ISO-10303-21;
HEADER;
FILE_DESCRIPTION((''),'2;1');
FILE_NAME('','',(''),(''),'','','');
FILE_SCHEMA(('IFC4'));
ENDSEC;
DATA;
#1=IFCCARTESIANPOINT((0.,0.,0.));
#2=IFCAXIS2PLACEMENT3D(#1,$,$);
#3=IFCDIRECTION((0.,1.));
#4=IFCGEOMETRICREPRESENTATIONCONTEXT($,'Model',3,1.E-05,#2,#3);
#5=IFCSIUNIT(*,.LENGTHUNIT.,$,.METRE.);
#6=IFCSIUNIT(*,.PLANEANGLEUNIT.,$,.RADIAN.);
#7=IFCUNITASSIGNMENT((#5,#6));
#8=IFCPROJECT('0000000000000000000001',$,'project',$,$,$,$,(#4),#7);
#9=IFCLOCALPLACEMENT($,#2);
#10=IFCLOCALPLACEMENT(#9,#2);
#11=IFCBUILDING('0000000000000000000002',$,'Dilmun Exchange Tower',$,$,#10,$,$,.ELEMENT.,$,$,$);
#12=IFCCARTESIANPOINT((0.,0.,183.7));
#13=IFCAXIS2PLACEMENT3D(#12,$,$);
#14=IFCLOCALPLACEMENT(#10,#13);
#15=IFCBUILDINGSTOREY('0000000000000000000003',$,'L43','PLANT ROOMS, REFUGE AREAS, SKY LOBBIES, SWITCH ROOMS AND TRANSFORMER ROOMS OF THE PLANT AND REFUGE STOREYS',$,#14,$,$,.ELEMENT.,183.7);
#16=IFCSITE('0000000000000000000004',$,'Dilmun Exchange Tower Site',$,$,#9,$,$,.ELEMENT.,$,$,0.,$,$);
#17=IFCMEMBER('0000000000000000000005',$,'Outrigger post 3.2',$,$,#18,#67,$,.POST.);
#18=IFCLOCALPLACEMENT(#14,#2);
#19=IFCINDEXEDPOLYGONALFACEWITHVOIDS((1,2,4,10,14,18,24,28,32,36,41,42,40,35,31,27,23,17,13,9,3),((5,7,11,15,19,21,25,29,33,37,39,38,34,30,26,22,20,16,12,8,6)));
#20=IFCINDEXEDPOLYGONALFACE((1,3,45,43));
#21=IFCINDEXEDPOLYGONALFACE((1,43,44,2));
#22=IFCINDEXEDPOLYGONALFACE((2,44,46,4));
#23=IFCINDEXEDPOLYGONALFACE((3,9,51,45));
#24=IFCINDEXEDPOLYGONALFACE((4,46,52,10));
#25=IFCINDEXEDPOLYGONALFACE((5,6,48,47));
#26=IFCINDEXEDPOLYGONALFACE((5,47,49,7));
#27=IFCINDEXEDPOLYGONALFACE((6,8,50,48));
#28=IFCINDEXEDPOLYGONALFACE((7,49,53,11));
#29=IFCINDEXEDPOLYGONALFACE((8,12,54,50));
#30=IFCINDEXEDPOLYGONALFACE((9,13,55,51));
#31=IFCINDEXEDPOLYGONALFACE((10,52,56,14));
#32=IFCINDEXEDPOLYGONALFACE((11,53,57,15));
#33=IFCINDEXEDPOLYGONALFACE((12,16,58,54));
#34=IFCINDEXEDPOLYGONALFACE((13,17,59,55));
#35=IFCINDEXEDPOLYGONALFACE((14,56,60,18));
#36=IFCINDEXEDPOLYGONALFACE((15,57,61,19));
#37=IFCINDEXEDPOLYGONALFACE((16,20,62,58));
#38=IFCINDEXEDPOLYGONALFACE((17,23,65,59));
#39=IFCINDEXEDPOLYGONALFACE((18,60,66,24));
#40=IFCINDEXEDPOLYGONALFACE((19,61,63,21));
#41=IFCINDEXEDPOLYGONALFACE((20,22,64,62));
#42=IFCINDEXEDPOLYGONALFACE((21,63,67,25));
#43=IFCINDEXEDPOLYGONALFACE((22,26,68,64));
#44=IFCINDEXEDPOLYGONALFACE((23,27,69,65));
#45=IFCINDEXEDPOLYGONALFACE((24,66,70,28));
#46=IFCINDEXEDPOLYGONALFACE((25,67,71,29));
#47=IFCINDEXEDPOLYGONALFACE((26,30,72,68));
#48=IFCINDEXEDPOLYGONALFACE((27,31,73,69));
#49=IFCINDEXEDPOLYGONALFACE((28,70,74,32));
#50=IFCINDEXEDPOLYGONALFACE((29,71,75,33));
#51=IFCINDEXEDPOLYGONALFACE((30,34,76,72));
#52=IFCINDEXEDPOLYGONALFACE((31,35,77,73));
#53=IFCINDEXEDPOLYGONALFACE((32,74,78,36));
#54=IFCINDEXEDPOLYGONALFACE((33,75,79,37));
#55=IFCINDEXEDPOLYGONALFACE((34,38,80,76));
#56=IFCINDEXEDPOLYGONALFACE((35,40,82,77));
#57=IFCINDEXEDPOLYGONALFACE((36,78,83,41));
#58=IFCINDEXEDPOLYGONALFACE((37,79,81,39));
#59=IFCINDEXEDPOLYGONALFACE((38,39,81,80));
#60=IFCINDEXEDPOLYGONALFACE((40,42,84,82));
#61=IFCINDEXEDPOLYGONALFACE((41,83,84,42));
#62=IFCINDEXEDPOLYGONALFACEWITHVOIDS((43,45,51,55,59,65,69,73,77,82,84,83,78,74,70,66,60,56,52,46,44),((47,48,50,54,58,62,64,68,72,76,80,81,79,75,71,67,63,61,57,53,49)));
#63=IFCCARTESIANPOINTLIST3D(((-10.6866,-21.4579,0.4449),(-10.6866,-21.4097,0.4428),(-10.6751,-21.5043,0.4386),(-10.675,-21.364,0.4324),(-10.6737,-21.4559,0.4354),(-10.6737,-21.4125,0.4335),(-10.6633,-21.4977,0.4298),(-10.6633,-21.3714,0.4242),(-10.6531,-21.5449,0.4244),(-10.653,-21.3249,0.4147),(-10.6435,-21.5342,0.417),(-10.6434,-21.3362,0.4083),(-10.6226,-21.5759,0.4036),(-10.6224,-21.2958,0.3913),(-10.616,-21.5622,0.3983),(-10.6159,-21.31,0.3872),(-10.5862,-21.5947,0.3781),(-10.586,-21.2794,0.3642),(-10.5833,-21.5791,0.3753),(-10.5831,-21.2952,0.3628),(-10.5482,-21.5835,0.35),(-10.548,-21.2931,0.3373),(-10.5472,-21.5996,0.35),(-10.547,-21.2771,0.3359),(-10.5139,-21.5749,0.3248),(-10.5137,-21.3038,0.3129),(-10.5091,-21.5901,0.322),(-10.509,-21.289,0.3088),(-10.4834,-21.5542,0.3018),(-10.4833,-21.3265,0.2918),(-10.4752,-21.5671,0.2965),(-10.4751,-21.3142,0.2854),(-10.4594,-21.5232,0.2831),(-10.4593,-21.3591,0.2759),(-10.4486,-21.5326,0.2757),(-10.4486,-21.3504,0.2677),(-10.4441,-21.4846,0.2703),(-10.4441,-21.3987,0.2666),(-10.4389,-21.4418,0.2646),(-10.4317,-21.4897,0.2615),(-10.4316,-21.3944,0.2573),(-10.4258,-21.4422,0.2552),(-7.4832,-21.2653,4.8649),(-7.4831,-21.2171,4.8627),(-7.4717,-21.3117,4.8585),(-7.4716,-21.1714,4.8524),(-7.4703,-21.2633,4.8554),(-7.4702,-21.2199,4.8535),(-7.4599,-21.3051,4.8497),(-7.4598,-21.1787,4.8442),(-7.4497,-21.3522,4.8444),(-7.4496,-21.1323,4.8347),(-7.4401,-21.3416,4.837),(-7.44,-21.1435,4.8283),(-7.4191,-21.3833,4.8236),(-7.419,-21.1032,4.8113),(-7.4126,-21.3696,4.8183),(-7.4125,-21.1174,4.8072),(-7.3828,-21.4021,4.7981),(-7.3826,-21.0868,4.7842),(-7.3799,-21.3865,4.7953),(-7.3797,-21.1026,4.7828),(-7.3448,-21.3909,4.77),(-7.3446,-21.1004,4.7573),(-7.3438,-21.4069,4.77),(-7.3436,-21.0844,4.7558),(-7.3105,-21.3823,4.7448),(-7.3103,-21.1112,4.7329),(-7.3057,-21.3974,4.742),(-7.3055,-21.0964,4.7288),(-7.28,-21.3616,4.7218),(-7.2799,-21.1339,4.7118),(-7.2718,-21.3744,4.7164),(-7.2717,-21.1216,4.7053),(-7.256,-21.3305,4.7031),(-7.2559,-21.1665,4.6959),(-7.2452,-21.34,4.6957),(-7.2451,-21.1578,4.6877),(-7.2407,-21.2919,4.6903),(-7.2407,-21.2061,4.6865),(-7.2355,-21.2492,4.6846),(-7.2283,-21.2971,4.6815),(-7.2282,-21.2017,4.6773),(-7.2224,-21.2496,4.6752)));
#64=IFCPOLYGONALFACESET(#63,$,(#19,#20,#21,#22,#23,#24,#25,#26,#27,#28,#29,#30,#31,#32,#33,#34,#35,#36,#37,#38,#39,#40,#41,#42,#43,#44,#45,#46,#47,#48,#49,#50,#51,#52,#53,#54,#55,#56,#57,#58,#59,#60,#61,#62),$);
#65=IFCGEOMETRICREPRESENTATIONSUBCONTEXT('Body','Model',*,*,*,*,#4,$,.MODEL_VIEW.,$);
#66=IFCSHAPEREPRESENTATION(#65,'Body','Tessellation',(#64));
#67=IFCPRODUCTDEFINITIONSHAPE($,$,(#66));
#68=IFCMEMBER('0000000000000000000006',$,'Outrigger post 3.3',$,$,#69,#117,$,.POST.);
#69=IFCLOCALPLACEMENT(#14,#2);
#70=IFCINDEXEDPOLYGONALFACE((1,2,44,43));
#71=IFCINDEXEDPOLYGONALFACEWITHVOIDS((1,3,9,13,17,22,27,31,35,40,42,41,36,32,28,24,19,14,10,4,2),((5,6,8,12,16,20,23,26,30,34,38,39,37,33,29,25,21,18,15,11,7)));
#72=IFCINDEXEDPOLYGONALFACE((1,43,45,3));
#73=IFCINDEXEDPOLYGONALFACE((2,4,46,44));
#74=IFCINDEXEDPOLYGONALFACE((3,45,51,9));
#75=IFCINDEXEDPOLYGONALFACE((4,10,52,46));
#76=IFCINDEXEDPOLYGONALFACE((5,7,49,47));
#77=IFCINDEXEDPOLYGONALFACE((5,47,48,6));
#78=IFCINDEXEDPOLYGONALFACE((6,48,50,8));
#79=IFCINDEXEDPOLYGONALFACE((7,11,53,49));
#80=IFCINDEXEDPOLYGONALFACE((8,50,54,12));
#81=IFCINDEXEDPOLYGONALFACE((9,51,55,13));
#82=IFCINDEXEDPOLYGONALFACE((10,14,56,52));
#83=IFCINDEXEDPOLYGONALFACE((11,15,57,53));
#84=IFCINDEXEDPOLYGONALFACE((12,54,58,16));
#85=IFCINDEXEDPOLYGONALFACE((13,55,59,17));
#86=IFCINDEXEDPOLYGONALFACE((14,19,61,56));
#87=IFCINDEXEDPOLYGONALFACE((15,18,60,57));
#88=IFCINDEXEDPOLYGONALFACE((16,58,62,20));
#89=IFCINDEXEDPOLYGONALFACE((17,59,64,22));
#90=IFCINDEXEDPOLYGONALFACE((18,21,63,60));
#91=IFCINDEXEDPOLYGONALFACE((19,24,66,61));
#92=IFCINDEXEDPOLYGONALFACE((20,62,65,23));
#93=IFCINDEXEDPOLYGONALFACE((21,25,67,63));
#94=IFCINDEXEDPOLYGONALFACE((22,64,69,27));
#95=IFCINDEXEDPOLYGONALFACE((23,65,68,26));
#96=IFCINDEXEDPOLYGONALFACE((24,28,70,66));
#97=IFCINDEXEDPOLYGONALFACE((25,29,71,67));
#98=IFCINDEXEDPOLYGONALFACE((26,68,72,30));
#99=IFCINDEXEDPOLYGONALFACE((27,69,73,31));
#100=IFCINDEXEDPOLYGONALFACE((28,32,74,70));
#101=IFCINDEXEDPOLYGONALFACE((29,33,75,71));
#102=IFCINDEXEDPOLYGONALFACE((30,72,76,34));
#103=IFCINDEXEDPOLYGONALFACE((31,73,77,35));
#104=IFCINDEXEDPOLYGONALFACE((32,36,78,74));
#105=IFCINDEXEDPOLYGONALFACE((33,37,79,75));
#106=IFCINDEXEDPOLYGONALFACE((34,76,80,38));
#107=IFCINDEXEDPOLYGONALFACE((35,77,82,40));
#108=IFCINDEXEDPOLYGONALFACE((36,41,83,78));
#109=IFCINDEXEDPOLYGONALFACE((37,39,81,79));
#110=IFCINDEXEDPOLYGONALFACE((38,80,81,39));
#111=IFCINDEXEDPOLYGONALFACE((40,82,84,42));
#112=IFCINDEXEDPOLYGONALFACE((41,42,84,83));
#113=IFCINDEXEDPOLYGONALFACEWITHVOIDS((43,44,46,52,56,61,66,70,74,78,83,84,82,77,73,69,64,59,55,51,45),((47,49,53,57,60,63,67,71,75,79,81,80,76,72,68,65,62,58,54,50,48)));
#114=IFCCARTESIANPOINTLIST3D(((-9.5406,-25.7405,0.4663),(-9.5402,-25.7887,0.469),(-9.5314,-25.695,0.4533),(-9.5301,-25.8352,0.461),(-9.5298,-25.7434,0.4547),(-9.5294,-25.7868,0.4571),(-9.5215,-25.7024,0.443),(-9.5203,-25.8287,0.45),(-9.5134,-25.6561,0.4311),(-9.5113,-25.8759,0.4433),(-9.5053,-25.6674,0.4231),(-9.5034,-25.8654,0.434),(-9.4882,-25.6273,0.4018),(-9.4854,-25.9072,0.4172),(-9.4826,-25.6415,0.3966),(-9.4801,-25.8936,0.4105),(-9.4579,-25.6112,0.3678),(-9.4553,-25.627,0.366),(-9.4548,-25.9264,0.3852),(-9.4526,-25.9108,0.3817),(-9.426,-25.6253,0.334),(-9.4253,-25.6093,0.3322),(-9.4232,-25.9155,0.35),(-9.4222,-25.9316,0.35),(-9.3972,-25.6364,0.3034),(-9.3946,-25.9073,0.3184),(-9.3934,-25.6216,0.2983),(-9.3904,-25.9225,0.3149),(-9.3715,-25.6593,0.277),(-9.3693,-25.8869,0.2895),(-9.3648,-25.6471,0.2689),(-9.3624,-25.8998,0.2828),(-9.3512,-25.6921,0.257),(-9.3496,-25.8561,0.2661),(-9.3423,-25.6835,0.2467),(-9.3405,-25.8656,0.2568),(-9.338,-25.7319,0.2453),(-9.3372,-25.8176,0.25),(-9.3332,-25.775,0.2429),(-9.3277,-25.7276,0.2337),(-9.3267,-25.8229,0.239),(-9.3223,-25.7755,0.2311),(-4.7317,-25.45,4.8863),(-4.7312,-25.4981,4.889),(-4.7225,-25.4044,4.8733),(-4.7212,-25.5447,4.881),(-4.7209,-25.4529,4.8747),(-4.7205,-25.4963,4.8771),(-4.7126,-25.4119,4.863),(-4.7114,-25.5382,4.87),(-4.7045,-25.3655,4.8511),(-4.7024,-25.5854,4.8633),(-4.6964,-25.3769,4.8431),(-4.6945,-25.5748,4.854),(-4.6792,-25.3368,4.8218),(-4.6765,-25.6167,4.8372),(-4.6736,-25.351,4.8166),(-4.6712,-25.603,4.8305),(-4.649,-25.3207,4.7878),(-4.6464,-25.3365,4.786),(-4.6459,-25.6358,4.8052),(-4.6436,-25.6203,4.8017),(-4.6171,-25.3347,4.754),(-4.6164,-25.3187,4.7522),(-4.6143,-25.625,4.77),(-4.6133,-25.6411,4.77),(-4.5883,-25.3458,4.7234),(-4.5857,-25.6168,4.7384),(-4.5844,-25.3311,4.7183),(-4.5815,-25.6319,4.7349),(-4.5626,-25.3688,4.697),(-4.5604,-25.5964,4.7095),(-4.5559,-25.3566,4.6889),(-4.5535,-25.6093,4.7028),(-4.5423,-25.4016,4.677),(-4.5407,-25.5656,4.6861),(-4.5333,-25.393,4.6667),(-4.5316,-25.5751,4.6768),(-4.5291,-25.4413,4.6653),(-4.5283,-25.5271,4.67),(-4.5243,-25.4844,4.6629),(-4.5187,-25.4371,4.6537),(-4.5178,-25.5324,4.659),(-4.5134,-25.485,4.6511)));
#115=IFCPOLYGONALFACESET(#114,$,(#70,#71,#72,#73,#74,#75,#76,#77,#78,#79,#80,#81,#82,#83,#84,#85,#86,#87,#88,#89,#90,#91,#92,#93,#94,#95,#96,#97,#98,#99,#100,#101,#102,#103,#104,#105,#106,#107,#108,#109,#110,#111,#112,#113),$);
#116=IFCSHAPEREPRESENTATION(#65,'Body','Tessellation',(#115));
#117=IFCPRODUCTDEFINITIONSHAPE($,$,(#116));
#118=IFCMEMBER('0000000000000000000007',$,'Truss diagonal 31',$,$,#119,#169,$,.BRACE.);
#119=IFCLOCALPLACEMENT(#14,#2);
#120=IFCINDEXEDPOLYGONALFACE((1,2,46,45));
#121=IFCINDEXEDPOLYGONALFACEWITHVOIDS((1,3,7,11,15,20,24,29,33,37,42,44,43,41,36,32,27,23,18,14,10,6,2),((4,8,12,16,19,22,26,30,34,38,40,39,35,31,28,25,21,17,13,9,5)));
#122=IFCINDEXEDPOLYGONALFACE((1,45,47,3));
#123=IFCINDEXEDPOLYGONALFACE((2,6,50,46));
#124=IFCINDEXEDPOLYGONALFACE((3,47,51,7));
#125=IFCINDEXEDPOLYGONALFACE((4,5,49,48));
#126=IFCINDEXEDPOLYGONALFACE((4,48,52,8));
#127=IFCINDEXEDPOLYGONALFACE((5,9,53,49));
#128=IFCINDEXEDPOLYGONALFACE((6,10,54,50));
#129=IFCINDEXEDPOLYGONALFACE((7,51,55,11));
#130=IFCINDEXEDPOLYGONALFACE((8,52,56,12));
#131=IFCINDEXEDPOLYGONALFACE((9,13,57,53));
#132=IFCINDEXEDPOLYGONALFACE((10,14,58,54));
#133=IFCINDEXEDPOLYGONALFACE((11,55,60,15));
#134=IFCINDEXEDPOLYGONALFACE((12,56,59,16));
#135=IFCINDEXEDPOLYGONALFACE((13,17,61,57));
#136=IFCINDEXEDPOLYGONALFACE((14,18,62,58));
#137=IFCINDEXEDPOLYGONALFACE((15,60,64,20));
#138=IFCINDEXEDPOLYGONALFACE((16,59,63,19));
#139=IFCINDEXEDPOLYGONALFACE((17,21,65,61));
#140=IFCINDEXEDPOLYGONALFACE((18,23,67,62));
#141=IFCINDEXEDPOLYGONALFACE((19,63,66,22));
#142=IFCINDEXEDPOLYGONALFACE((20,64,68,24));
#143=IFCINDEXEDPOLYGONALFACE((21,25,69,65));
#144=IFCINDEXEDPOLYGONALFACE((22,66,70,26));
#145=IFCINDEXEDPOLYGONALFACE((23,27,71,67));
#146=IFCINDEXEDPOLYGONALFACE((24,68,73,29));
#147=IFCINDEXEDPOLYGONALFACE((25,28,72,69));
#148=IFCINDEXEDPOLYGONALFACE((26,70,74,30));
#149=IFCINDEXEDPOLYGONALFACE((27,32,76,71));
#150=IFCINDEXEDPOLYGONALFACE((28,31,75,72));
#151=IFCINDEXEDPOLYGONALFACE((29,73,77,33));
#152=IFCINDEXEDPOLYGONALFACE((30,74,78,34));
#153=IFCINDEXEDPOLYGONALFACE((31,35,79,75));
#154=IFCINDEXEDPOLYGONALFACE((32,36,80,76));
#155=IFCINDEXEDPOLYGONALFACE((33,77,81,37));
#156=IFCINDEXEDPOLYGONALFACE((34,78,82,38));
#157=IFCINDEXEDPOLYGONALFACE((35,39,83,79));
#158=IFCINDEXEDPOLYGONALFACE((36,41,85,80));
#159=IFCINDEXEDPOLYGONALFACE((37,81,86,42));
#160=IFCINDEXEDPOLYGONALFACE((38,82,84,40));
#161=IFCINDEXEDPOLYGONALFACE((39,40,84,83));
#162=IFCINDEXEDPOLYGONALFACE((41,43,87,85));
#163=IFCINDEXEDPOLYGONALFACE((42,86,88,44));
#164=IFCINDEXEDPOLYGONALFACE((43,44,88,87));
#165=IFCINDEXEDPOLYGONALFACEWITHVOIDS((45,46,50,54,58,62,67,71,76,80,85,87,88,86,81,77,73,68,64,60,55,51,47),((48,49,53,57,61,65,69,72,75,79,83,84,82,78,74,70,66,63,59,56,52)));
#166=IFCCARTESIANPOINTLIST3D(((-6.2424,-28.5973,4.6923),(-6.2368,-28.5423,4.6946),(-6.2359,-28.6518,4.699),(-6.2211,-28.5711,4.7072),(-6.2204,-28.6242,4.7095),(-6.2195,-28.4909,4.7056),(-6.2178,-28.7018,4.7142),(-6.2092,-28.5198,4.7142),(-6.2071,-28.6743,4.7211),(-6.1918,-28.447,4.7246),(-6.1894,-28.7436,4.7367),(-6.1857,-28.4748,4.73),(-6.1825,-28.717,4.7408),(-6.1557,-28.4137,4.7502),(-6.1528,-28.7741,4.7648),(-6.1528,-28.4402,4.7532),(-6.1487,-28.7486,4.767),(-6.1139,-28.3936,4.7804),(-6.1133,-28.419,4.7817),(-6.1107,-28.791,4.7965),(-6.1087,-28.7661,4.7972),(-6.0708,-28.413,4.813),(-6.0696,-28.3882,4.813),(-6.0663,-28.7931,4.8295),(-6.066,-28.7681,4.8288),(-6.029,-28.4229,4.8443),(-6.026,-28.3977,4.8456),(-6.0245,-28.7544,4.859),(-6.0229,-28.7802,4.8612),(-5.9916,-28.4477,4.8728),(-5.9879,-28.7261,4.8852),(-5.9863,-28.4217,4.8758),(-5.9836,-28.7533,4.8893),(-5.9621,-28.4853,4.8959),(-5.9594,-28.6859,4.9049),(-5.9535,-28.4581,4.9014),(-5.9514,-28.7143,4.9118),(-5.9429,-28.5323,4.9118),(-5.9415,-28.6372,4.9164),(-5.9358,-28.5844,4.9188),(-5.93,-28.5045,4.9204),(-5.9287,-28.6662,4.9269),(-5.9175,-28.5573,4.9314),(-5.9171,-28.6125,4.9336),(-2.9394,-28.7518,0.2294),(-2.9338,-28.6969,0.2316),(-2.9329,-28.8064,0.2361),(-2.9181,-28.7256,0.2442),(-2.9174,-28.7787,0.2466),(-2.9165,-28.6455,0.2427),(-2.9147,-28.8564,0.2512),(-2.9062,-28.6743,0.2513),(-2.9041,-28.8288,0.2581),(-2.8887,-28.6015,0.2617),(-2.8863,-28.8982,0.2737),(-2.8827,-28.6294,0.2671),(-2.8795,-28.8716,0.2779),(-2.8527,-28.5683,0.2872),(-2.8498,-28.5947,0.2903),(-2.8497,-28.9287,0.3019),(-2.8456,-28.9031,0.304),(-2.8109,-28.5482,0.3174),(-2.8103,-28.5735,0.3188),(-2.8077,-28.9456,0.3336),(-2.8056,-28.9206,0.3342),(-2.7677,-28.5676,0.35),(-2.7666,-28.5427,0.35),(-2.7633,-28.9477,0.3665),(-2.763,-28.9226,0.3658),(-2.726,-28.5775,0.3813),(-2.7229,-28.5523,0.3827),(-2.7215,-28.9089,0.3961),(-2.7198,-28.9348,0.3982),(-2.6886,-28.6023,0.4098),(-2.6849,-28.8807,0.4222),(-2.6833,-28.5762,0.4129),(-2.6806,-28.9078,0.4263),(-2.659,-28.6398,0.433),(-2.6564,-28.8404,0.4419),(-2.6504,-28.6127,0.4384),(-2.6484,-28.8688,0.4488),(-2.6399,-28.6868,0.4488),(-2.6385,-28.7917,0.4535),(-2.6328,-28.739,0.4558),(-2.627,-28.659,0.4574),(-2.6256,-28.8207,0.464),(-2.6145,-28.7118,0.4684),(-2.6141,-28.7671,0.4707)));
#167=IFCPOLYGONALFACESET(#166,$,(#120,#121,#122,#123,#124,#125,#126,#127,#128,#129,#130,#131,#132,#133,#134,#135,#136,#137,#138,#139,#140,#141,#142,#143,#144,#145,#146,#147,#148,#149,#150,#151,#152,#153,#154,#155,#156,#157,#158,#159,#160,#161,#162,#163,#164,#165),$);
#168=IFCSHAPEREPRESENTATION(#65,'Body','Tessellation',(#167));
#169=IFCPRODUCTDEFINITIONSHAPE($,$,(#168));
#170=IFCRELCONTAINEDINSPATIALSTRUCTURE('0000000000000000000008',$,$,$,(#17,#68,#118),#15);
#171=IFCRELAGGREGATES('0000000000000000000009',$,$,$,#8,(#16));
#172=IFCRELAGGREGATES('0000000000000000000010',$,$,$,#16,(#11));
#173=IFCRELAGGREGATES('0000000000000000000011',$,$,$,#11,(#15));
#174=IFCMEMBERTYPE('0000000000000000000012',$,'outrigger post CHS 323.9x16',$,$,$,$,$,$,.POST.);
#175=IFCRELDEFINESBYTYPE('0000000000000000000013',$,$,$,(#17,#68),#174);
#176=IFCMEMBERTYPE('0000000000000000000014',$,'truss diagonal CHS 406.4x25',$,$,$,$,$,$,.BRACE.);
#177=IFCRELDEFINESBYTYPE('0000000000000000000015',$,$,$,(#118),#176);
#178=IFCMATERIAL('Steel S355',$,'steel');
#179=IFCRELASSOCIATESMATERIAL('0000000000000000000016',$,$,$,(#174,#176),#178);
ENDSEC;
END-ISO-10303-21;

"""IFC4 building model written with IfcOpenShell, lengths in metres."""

from ifc_helpers import new_model, si_unit, direction, frame, origin, origin_2d, place, context, subcontext, project, spatial, hollow_circle, extrude, material, material_profile, profile_set, type_object, element, save


model = new_model("IFC4")

# Units and contexts
model_context = context("Model", 3, precision=1e-05, world=origin(), true_north=direction((0.0, 1.0)))
body_context = subcontext(model_context, "Body", "Model", "MODEL_VIEW")
ifc_project = project(units=[si_unit("LENGTHUNIT", "METRE"), si_unit("PLANEANGLEUNIT", "RADIAN")], contexts=[model_context])

# Site, building, storey
site_placement = place(None, origin())
site = spatial("IfcSite", under=ifc_project, at=site_placement, Name="Dilmun Exchange Tower Site", CompositionType="ELEMENT", RefElevation=0.0)
building_placement = place(site_placement, origin())
building = spatial("IfcBuilding", under=site, at=building_placement, Name="Dilmun Exchange Tower", CompositionType="ELEMENT")
storey_placement = place(building_placement, frame((0.0, 0.0, 183.7)))
storey = spatial("IfcBuildingStorey", under=building, at=storey_placement, Name="L43", Description="PLANT ROOMS, REFUGE AREAS, SKY LOBBIES, SWITCH ROOMS AND TRANSFORMER ROOMS OF THE PLANT AND REFUGE STOREYS", CompositionType="ELEMENT", Elevation=183.7)

# Members
ifc_material_1 = material(Name="Steel S355", Category="steel")
ifc_material_profile_1 = material_profile(ifc_material_1, hollow_circle(Radius=0.1619, WallThickness=0.0161, at=origin_2d()), Name="CHS 323.9x16")
ifc_profile_set_1 = profile_set([ifc_material_profile_1], Name="Steel S355")
member_type_1 = type_object("IfcMemberType", Name="outrigger post CHS 323.9x16", PredefinedType="POST", material=ifc_profile_set_1)
member_1_placement = place(storey_placement, frame((-7.3535, -21.2454, 4.77), z_axis=(-0.586474, -0.035266, -0.8092), x_axis=(0.060024, -0.998197, 0.0)))
element("IfcMember", 1, at=member_1_placement, inside=storey, type_object=member_type_1, Name="Outrigger post 3.2", PredefinedType="POST", context=body_context, shape_type="SweptSolid", body=[
    extrude(hollow_circle(Radius=0.1619, WallThickness=0.0161, at=origin_2d()), origin(), (0.0, 0.0, 1.0), 5.4622),
])
member_2_placement = place(storey_placement, frame((-4.623, -25.4795, 4.77), z_axis=(-0.735525, -0.044437, -0.676039), x_axis=(0.060305, -0.99818, 0.0)))
element("IfcMember", 2, at=member_2_placement, inside=storey, type_object=member_type_1, Name="Outrigger post 3.3", PredefinedType="POST", context=body_context, shape_type="SweptSolid", body=[
    extrude(hollow_circle(Radius=0.1619, WallThickness=0.0161, at=origin_2d()), origin(), (0.0, 0.0, 1.0), 6.5381),
])
ifc_material_profile_2 = material_profile(ifc_material_1, hollow_circle(Radius=0.2031, WallThickness=0.0249, at=origin_2d()), Name="CHS 406.4x25")
ifc_profile_set_2 = profile_set([ifc_material_profile_2], Name="Steel S355")
member_type_2 = type_object("IfcMemberType", Name="truss diagonal CHS 406.4x25", PredefinedType="BRACE", material=ifc_profile_set_2)
member_3_placement = place(storey_placement, frame((-6.0791, -28.5911, 4.813), z_axis=(0.594664, -0.027823, -0.803493), x_axis=(0.046737, 0.998907, 0.0)))
element("IfcMember", 3, at=member_3_placement, inside=storey, type_object=member_type_2, Name="Truss diagonal 31", PredefinedType="BRACE", context=body_context, shape_type="SweptSolid", body=[
    extrude(hollow_circle(Radius=0.2031, WallThickness=0.0249, at=origin_2d()), origin(), (0.0, 0.0, 1.0), 5.5544),
])

save(model, "model.ifc")
